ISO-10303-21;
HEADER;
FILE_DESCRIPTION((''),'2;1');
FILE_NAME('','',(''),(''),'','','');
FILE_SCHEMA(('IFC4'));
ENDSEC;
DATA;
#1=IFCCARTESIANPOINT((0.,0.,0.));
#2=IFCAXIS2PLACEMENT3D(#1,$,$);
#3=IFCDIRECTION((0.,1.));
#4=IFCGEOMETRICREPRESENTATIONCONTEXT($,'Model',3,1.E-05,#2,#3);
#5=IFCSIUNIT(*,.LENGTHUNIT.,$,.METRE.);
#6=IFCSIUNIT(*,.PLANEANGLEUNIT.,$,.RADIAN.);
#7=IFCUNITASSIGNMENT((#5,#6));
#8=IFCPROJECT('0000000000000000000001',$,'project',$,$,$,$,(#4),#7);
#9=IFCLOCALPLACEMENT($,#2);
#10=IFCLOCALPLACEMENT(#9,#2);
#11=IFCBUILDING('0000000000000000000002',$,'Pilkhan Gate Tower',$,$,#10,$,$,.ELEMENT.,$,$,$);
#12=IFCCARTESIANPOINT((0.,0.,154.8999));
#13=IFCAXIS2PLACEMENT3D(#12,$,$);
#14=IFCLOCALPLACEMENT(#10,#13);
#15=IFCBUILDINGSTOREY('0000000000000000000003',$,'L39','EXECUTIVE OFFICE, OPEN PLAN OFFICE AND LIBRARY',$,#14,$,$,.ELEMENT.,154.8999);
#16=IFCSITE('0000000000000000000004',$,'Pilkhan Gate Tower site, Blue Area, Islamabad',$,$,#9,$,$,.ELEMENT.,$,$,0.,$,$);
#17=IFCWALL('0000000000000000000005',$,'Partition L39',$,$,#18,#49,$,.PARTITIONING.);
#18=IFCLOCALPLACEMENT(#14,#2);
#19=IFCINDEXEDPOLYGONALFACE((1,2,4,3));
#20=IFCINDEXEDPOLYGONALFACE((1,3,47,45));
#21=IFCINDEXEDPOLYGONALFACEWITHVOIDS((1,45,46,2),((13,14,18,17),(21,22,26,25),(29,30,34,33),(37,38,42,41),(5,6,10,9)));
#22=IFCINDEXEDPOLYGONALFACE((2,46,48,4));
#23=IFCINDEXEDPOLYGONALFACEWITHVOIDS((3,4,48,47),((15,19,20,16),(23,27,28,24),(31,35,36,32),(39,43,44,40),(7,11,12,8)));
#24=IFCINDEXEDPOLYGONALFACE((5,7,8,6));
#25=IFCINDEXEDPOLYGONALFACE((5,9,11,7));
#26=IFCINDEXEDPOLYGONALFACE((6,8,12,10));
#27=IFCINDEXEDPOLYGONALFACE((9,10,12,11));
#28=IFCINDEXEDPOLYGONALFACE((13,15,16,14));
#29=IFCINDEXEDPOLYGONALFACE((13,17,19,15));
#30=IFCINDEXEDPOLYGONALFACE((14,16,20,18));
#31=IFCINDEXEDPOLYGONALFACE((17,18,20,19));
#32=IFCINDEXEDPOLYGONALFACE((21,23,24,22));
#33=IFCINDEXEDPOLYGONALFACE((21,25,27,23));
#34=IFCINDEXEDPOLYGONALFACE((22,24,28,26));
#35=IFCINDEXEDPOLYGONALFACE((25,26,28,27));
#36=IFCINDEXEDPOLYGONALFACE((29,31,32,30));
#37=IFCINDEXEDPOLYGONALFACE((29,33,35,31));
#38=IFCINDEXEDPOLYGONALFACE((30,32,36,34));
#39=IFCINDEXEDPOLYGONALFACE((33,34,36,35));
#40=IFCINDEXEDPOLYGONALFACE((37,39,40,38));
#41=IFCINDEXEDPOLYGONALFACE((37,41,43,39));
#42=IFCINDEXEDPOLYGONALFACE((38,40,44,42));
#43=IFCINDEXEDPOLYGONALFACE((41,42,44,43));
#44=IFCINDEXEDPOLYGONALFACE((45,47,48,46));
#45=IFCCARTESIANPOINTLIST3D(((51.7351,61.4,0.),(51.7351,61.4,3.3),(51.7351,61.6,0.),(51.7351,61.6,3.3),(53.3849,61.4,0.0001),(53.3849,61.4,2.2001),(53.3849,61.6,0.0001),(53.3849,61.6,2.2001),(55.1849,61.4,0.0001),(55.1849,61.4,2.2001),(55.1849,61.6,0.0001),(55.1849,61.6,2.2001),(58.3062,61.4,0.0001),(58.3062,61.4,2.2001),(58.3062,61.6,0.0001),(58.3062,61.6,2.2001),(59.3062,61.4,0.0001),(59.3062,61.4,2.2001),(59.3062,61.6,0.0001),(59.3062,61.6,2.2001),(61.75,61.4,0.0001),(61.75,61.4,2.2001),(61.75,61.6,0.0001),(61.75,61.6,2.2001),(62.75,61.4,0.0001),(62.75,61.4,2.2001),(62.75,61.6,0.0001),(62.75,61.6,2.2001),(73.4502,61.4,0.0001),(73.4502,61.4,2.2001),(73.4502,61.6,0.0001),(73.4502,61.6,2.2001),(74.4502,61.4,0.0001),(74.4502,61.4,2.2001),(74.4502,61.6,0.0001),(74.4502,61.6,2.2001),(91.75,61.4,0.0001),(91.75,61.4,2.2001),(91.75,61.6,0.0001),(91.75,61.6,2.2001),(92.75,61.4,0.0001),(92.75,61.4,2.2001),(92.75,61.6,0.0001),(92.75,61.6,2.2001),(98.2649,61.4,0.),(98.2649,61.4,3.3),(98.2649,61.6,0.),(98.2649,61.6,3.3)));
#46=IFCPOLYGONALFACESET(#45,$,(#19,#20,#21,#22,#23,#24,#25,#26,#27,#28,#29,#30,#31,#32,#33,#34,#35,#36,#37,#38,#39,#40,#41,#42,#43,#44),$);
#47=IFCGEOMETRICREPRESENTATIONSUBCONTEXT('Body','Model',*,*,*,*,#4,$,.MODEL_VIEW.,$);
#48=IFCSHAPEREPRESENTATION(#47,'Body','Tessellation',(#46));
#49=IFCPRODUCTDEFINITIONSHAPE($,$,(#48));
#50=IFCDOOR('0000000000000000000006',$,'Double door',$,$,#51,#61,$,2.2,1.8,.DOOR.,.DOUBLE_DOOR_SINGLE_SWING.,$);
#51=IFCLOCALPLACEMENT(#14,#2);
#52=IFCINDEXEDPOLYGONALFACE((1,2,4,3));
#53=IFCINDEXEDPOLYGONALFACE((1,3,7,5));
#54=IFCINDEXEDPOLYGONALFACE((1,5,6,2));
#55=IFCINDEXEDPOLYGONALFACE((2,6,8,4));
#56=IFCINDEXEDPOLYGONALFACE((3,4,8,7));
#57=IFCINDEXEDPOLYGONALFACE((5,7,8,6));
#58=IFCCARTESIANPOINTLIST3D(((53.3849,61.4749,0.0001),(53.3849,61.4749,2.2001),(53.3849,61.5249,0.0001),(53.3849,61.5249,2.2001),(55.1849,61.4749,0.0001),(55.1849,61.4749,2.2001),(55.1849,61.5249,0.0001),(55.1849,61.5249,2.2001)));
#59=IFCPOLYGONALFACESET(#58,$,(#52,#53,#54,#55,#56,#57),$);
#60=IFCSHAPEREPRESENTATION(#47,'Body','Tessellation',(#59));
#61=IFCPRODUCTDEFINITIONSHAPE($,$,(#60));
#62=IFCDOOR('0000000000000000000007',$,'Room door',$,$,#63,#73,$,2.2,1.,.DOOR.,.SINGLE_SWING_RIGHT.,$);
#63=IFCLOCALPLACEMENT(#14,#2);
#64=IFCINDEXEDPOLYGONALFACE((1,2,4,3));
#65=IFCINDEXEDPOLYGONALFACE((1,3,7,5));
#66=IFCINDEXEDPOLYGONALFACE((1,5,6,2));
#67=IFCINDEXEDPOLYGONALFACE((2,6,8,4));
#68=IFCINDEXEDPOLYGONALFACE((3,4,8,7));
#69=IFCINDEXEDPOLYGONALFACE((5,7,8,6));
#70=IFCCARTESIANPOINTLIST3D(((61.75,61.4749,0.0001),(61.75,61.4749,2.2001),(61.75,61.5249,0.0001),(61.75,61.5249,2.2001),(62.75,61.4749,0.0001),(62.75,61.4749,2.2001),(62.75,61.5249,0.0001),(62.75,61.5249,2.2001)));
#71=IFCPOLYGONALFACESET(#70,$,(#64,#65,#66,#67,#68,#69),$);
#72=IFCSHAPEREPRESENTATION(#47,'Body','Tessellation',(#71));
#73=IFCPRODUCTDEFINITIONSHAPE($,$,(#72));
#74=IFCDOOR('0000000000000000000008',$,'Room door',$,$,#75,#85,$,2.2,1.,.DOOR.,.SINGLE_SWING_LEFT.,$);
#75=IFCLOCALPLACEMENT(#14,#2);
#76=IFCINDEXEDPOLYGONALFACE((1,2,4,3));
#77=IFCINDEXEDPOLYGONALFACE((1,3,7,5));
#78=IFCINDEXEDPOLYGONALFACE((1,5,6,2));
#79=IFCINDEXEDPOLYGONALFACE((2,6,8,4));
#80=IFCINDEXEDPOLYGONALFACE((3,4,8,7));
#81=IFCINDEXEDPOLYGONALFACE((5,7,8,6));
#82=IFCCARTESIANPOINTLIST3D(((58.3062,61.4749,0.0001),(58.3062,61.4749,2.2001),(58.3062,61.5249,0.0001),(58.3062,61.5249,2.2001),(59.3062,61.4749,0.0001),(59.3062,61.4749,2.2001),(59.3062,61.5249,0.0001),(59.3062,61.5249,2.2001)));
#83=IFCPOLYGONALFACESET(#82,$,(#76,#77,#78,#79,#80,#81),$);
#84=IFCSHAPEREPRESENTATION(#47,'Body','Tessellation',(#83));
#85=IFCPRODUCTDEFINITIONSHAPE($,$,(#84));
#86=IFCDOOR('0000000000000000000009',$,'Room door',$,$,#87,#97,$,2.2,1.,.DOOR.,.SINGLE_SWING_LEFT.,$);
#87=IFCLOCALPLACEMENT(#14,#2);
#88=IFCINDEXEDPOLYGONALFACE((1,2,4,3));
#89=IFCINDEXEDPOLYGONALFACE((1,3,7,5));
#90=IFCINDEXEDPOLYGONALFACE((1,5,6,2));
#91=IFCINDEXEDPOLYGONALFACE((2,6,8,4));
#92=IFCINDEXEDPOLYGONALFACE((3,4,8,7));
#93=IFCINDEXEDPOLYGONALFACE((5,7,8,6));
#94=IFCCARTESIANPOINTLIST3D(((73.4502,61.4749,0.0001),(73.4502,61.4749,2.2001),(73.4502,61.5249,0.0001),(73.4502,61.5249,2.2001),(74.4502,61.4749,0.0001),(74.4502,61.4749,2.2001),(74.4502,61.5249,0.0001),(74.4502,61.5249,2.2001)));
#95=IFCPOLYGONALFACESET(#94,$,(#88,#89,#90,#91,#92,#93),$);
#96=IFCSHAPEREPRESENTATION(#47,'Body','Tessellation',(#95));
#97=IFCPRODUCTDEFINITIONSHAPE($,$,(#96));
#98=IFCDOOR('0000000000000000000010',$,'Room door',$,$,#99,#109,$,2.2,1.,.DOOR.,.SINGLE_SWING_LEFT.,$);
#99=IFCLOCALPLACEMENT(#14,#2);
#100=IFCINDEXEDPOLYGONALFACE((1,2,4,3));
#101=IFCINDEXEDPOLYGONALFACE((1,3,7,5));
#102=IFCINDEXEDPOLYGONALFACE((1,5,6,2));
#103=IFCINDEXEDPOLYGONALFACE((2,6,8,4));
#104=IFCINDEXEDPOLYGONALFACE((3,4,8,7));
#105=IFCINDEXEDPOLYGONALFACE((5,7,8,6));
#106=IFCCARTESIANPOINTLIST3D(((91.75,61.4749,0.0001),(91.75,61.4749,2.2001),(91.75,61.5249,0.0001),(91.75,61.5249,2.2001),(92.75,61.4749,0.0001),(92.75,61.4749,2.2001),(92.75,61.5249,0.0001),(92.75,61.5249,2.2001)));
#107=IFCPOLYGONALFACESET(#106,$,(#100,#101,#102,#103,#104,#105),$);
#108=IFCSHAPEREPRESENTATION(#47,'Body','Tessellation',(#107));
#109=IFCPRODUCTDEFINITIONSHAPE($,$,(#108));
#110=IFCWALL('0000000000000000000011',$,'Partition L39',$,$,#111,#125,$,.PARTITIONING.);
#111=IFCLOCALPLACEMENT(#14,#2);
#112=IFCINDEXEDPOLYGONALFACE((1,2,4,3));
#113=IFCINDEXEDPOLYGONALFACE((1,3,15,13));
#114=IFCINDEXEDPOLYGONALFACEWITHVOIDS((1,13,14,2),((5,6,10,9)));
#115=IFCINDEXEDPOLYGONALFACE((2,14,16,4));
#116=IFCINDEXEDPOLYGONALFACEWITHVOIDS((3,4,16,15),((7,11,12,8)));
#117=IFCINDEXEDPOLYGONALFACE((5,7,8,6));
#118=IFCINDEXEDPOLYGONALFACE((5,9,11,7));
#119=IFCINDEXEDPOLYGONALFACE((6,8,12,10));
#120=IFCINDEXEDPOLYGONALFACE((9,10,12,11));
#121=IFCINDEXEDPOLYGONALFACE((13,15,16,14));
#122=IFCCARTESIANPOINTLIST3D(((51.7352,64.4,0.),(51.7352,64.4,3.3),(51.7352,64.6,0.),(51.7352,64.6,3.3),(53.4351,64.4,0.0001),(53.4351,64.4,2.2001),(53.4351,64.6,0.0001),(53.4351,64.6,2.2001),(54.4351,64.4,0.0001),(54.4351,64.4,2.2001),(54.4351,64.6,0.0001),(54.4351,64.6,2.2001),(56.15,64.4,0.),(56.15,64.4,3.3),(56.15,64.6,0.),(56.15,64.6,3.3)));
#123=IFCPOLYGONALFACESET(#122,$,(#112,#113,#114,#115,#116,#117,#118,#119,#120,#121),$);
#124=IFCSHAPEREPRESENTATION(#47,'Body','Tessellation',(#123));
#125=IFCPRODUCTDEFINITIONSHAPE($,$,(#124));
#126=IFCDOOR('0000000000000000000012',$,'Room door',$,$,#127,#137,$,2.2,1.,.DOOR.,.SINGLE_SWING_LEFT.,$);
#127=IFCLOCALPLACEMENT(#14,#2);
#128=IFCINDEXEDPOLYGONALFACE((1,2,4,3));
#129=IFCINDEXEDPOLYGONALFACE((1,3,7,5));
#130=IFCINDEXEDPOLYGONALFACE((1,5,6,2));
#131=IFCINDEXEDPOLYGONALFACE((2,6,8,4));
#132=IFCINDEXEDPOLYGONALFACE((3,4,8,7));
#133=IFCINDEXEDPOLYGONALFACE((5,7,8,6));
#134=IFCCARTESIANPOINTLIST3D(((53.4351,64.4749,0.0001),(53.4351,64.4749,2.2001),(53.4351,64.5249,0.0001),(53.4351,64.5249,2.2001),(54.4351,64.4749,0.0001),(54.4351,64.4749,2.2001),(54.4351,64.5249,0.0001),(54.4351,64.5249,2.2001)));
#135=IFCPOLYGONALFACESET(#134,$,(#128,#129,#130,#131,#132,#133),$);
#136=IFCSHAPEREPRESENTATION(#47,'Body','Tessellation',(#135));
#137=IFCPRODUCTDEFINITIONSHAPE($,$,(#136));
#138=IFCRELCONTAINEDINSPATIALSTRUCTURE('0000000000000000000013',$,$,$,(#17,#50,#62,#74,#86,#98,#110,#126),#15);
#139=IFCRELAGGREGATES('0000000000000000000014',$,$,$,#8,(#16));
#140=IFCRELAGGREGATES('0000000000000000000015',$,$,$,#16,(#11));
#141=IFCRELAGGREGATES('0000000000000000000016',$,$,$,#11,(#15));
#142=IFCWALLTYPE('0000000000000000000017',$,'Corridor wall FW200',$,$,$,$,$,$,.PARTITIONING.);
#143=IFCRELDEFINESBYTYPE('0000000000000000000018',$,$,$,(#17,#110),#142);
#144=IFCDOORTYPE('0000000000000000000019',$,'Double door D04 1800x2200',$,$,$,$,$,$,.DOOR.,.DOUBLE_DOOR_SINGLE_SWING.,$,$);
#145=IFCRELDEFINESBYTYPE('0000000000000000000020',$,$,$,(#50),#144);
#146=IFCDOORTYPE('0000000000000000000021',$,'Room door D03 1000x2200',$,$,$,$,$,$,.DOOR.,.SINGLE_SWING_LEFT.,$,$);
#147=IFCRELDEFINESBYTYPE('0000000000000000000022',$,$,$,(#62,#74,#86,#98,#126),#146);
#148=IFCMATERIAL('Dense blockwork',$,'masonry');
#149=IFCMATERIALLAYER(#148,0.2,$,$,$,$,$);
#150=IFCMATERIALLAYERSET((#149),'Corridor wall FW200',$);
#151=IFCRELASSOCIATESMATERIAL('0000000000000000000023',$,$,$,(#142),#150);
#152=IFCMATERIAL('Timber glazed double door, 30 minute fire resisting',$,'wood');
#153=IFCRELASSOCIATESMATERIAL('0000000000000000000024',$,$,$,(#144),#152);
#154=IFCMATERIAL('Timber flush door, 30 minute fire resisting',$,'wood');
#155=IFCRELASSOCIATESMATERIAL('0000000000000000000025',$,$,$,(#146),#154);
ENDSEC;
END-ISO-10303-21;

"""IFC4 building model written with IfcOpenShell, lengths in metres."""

from ifc_helpers import new_model, si_unit, direction, frame, frame_2d, origin, place, context, subcontext, project, spatial, rectangle, extrude, material, layer, layer_set, type_object, element, fill, save


model = new_model("IFC4")

# Units and contexts
model_context = context("Model", 3, precision=1e-05, world=origin(), true_north=direction((0.0, 1.0)))
body_context = subcontext(model_context, "Body", "Model", "MODEL_VIEW")
ifc_project = project(units=[si_unit("LENGTHUNIT", "METRE"), si_unit("PLANEANGLEUNIT", "RADIAN")], contexts=[model_context])

# Site, building, storey
site_placement = place(None, origin())
site = spatial("IfcSite", under=ifc_project, at=site_placement, Name="Pilkhan Gate Tower site, Blue Area, Islamabad", CompositionType="ELEMENT", RefElevation=0.0)
building_placement = place(site_placement, origin())
building = spatial("IfcBuilding", under=site, at=building_placement, Name="Pilkhan Gate Tower", CompositionType="ELEMENT")
storey_placement = place(building_placement, frame((0.0, 0.0, 154.8999)))
storey = spatial("IfcBuildingStorey", under=building, at=storey_placement, Name="L39", Description="EXECUTIVE OFFICE, OPEN PLAN OFFICE AND LIBRARY", CompositionType="ELEMENT", Elevation=154.8999)

# Wall, openings, doors
ifc_material_1 = material(Name="Dense blockwork", Category="masonry")
ifc_layer_1 = layer(ifc_material_1, 0.2)
ifc_layer_set_1 = layer_set([ifc_layer_1], Name="Corridor wall FW200")
wall_type_1 = type_object("IfcWallType", Name="Corridor wall FW200", PredefinedType="PARTITIONING", material=ifc_layer_set_1)
wall_1_placement = place(storey_placement, frame((51.7351, 61.5, 0.0), z_axis=(0.0, 0.0, 1.0), x_axis=(1.0, 0.0, 0.0)))
wall_1 = element("IfcWall", 1, at=wall_1_placement, inside=storey, type_object=wall_type_1, Name="Partition L39", PredefinedType="PARTITIONING", context=body_context, shape_type="SweptSolid", body=[
    extrude(rectangle(XDim=46.5298, YDim=0.2, at=frame_2d((23.2649, 0.0))), origin(), (0.0, 0.0, 1.0), 3.3),
])
opening_1_placement = place(wall_1_placement, frame((10.0149, 0.0, 0.0)))
opening_1 = element("IfcOpeningElement", 2, at=opening_1_placement, cuts=wall_1, PredefinedType="OPENING", context=body_context, shape_type="SweptSolid", body=[
    extrude(rectangle(XDim=1.0, YDim=2.2, at=frame_2d((0.5, 1.1001))), frame((0.0, 0.1099, 0.0), z_axis=(0.0, -1.0, 0.0), x_axis=(1.0, 0.0, 0.0)), (0.0, 0.0, 1.0), 0.22),
])
opening_2_placement = place(wall_1_placement, frame((1.6499, 0.0, 0.0)))
opening_2 = element("IfcOpeningElement", 3, at=opening_2_placement, cuts=wall_1, PredefinedType="OPENING", context=body_context, shape_type="SweptSolid", body=[
    extrude(rectangle(XDim=1.8, YDim=2.2, at=frame_2d((0.8999, 1.1001))), frame((0.0, 0.1099, 0.0), z_axis=(0.0, -1.0, 0.0), x_axis=(1.0, 0.0, 0.0)), (0.0, 0.0, 1.0), 0.22),
])
opening_3_placement = place(wall_1_placement, frame((6.571, 0.0, 0.0)))
opening_3 = element("IfcOpeningElement", 4, at=opening_3_placement, cuts=wall_1, PredefinedType="OPENING", context=body_context, shape_type="SweptSolid", body=[
    extrude(rectangle(XDim=1.0, YDim=2.2, at=frame_2d((0.5, 1.1001))), frame((0.0, 0.1099, 0.0), z_axis=(0.0, -1.0, 0.0), x_axis=(1.0, 0.0, 0.0)), (0.0, 0.0, 1.0), 0.22),
])
opening_4_placement = place(wall_1_placement, frame((21.7151, 0.0, 0.0)))
opening_4 = element("IfcOpeningElement", 5, at=opening_4_placement, cuts=wall_1, PredefinedType="OPENING", context=body_context, shape_type="SweptSolid", body=[
    extrude(rectangle(XDim=1.0, YDim=2.2, at=frame_2d((0.5, 1.1001))), frame((0.0, 0.1099, 0.0), z_axis=(0.0, -1.0, 0.0), x_axis=(1.0, 0.0, 0.0)), (0.0, 0.0, 1.0), 0.22),
])
opening_5_placement = place(wall_1_placement, frame((40.0149, 0.0, 0.0)))
opening_5 = element("IfcOpeningElement", 6, at=opening_5_placement, cuts=wall_1, PredefinedType="OPENING", context=body_context, shape_type="SweptSolid", body=[
    extrude(rectangle(XDim=1.0, YDim=2.2, at=frame_2d((0.5, 1.1001))), frame((0.0, 0.1099, 0.0), z_axis=(0.0, -1.0, 0.0), x_axis=(1.0, 0.0, 0.0)), (0.0, 0.0, 1.0), 0.22),
])
ifc_material_2 = material(Name="Timber glazed double door, 30 minute fire resisting", Category="wood")
door_type_1 = type_object("IfcDoorType", Name="Double door D04 1800x2200", OperationType="DOUBLE_DOOR_SINGLE_SWING", PredefinedType="DOOR", material=ifc_material_2)
door_1_placement = place(opening_2_placement, origin())
door_1 = element("IfcDoor", 7, at=door_1_placement, inside=storey, type_object=door_type_1, Name="Double door", OperationType="DOUBLE_DOOR_SINGLE_SWING", OverallHeight=2.2, OverallWidth=1.8, PredefinedType="DOOR", context=body_context, shape_type="SweptSolid", body=[
    extrude(rectangle(XDim=1.8, YDim=2.2, at=frame_2d((0.8999, 1.1001))), frame((0.0, 0.0249, 0.0), z_axis=(0.0, -1.0, 0.0), x_axis=(1.0, 0.0, 0.0)), (0.0, 0.0, 1.0), 0.05),
])
fill(opening_2, door_1)
ifc_material_3 = material(Name="Timber flush door, 30 minute fire resisting", Category="wood")
door_type_2 = type_object("IfcDoorType", Name="Room door D03 1000x2200", OperationType="SINGLE_SWING_LEFT", PredefinedType="DOOR", material=ifc_material_3)
door_2_placement = place(opening_1_placement, origin())
door_2 = element("IfcDoor", 8, at=door_2_placement, inside=storey, type_object=door_type_2, Name="Room door", OperationType="SINGLE_SWING_RIGHT", OverallHeight=2.2, OverallWidth=1.0, PredefinedType="DOOR", context=body_context, shape_type="SweptSolid", body=[
    extrude(rectangle(XDim=1.0, YDim=2.2, at=frame_2d((0.5, 1.1001))), frame((0.0, 0.0249, 0.0), z_axis=(0.0, -1.0, 0.0), x_axis=(1.0, 0.0, 0.0)), (0.0, 0.0, 1.0), 0.05),
])
fill(opening_1, door_2)
door_3_placement = place(opening_3_placement, origin())
door_3 = element("IfcDoor", 9, at=door_3_placement, inside=storey, type_object=door_type_2, Name="Room door", OperationType="SINGLE_SWING_LEFT", OverallHeight=2.2, OverallWidth=1.0, PredefinedType="DOOR", context=body_context, shape_type="SweptSolid", body=[
    extrude(rectangle(XDim=1.0, YDim=2.2, at=frame_2d((0.5, 1.1001))), frame((0.0, 0.0249, 0.0), z_axis=(0.0, -1.0, 0.0), x_axis=(1.0, 0.0, 0.0)), (0.0, 0.0, 1.0), 0.05),
])
fill(opening_3, door_3)
door_4_placement = place(opening_4_placement, origin())
door_4 = element("IfcDoor", 10, at=door_4_placement, inside=storey, type_object=door_type_2, Name="Room door", OperationType="SINGLE_SWING_LEFT", OverallHeight=2.2, OverallWidth=1.0, PredefinedType="DOOR", context=body_context, shape_type="SweptSolid", body=[
    extrude(rectangle(XDim=1.0, YDim=2.2, at=frame_2d((0.5, 1.1001))), frame((0.0, 0.0249, 0.0), z_axis=(0.0, -1.0, 0.0), x_axis=(1.0, 0.0, 0.0)), (0.0, 0.0, 1.0), 0.05),
])
fill(opening_4, door_4)
door_5_placement = place(opening_5_placement, origin())
door_5 = element("IfcDoor", 11, at=door_5_placement, inside=storey, type_object=door_type_2, Name="Room door", OperationType="SINGLE_SWING_LEFT", OverallHeight=2.2, OverallWidth=1.0, PredefinedType="DOOR", context=body_context, shape_type="SweptSolid", body=[
    extrude(rectangle(XDim=1.0, YDim=2.2, at=frame_2d((0.5, 1.1001))), frame((0.0, 0.0249, 0.0), z_axis=(0.0, -1.0, 0.0), x_axis=(1.0, 0.0, 0.0)), (0.0, 0.0, 1.0), 0.05),
])
fill(opening_5, door_5)

# Wall, opening, door
wall_2_placement = place(storey_placement, frame((51.7351, 64.5, 0.0), z_axis=(0.0, 0.0, 1.0), x_axis=(1.0, 0.0, 0.0)))
wall_2 = element("IfcWall", 12, at=wall_2_placement, inside=storey, type_object=wall_type_1, Name="Partition L39", PredefinedType="PARTITIONING", context=body_context, shape_type="SweptSolid", body=[
    extrude(rectangle(XDim=4.4148, YDim=0.2, at=frame_2d((2.2075, 0.0))), origin(), (0.0, 0.0, 1.0), 3.3),
])
opening_6_placement = place(wall_2_placement, frame((1.7, 0.0, 0.0)))
opening_6 = element("IfcOpeningElement", 13, at=opening_6_placement, cuts=wall_2, PredefinedType="OPENING", context=body_context, shape_type="SweptSolid", body=[
    extrude(rectangle(XDim=1.0, YDim=2.2, at=frame_2d((0.5, 1.1001))), frame((0.0, 0.1099, 0.0), z_axis=(0.0, -1.0, 0.0), x_axis=(1.0, 0.0, 0.0)), (0.0, 0.0, 1.0), 0.22),
])
door_6_placement = place(opening_6_placement, origin())
door_6 = element("IfcDoor", 14, at=door_6_placement, inside=storey, type_object=door_type_2, Name="Room door", OperationType="SINGLE_SWING_LEFT", OverallHeight=2.2, OverallWidth=1.0, PredefinedType="DOOR", context=body_context, shape_type="SweptSolid", body=[
    extrude(rectangle(XDim=1.0, YDim=2.2, at=frame_2d((0.5, 1.1001))), frame((0.0, 0.0249, 0.0), z_axis=(0.0, -1.0, 0.0), x_axis=(1.0, 0.0, 0.0)), (0.0, 0.0, 1.0), 0.05),
])
fill(opening_6, door_6)

save(model, "model.ifc")
